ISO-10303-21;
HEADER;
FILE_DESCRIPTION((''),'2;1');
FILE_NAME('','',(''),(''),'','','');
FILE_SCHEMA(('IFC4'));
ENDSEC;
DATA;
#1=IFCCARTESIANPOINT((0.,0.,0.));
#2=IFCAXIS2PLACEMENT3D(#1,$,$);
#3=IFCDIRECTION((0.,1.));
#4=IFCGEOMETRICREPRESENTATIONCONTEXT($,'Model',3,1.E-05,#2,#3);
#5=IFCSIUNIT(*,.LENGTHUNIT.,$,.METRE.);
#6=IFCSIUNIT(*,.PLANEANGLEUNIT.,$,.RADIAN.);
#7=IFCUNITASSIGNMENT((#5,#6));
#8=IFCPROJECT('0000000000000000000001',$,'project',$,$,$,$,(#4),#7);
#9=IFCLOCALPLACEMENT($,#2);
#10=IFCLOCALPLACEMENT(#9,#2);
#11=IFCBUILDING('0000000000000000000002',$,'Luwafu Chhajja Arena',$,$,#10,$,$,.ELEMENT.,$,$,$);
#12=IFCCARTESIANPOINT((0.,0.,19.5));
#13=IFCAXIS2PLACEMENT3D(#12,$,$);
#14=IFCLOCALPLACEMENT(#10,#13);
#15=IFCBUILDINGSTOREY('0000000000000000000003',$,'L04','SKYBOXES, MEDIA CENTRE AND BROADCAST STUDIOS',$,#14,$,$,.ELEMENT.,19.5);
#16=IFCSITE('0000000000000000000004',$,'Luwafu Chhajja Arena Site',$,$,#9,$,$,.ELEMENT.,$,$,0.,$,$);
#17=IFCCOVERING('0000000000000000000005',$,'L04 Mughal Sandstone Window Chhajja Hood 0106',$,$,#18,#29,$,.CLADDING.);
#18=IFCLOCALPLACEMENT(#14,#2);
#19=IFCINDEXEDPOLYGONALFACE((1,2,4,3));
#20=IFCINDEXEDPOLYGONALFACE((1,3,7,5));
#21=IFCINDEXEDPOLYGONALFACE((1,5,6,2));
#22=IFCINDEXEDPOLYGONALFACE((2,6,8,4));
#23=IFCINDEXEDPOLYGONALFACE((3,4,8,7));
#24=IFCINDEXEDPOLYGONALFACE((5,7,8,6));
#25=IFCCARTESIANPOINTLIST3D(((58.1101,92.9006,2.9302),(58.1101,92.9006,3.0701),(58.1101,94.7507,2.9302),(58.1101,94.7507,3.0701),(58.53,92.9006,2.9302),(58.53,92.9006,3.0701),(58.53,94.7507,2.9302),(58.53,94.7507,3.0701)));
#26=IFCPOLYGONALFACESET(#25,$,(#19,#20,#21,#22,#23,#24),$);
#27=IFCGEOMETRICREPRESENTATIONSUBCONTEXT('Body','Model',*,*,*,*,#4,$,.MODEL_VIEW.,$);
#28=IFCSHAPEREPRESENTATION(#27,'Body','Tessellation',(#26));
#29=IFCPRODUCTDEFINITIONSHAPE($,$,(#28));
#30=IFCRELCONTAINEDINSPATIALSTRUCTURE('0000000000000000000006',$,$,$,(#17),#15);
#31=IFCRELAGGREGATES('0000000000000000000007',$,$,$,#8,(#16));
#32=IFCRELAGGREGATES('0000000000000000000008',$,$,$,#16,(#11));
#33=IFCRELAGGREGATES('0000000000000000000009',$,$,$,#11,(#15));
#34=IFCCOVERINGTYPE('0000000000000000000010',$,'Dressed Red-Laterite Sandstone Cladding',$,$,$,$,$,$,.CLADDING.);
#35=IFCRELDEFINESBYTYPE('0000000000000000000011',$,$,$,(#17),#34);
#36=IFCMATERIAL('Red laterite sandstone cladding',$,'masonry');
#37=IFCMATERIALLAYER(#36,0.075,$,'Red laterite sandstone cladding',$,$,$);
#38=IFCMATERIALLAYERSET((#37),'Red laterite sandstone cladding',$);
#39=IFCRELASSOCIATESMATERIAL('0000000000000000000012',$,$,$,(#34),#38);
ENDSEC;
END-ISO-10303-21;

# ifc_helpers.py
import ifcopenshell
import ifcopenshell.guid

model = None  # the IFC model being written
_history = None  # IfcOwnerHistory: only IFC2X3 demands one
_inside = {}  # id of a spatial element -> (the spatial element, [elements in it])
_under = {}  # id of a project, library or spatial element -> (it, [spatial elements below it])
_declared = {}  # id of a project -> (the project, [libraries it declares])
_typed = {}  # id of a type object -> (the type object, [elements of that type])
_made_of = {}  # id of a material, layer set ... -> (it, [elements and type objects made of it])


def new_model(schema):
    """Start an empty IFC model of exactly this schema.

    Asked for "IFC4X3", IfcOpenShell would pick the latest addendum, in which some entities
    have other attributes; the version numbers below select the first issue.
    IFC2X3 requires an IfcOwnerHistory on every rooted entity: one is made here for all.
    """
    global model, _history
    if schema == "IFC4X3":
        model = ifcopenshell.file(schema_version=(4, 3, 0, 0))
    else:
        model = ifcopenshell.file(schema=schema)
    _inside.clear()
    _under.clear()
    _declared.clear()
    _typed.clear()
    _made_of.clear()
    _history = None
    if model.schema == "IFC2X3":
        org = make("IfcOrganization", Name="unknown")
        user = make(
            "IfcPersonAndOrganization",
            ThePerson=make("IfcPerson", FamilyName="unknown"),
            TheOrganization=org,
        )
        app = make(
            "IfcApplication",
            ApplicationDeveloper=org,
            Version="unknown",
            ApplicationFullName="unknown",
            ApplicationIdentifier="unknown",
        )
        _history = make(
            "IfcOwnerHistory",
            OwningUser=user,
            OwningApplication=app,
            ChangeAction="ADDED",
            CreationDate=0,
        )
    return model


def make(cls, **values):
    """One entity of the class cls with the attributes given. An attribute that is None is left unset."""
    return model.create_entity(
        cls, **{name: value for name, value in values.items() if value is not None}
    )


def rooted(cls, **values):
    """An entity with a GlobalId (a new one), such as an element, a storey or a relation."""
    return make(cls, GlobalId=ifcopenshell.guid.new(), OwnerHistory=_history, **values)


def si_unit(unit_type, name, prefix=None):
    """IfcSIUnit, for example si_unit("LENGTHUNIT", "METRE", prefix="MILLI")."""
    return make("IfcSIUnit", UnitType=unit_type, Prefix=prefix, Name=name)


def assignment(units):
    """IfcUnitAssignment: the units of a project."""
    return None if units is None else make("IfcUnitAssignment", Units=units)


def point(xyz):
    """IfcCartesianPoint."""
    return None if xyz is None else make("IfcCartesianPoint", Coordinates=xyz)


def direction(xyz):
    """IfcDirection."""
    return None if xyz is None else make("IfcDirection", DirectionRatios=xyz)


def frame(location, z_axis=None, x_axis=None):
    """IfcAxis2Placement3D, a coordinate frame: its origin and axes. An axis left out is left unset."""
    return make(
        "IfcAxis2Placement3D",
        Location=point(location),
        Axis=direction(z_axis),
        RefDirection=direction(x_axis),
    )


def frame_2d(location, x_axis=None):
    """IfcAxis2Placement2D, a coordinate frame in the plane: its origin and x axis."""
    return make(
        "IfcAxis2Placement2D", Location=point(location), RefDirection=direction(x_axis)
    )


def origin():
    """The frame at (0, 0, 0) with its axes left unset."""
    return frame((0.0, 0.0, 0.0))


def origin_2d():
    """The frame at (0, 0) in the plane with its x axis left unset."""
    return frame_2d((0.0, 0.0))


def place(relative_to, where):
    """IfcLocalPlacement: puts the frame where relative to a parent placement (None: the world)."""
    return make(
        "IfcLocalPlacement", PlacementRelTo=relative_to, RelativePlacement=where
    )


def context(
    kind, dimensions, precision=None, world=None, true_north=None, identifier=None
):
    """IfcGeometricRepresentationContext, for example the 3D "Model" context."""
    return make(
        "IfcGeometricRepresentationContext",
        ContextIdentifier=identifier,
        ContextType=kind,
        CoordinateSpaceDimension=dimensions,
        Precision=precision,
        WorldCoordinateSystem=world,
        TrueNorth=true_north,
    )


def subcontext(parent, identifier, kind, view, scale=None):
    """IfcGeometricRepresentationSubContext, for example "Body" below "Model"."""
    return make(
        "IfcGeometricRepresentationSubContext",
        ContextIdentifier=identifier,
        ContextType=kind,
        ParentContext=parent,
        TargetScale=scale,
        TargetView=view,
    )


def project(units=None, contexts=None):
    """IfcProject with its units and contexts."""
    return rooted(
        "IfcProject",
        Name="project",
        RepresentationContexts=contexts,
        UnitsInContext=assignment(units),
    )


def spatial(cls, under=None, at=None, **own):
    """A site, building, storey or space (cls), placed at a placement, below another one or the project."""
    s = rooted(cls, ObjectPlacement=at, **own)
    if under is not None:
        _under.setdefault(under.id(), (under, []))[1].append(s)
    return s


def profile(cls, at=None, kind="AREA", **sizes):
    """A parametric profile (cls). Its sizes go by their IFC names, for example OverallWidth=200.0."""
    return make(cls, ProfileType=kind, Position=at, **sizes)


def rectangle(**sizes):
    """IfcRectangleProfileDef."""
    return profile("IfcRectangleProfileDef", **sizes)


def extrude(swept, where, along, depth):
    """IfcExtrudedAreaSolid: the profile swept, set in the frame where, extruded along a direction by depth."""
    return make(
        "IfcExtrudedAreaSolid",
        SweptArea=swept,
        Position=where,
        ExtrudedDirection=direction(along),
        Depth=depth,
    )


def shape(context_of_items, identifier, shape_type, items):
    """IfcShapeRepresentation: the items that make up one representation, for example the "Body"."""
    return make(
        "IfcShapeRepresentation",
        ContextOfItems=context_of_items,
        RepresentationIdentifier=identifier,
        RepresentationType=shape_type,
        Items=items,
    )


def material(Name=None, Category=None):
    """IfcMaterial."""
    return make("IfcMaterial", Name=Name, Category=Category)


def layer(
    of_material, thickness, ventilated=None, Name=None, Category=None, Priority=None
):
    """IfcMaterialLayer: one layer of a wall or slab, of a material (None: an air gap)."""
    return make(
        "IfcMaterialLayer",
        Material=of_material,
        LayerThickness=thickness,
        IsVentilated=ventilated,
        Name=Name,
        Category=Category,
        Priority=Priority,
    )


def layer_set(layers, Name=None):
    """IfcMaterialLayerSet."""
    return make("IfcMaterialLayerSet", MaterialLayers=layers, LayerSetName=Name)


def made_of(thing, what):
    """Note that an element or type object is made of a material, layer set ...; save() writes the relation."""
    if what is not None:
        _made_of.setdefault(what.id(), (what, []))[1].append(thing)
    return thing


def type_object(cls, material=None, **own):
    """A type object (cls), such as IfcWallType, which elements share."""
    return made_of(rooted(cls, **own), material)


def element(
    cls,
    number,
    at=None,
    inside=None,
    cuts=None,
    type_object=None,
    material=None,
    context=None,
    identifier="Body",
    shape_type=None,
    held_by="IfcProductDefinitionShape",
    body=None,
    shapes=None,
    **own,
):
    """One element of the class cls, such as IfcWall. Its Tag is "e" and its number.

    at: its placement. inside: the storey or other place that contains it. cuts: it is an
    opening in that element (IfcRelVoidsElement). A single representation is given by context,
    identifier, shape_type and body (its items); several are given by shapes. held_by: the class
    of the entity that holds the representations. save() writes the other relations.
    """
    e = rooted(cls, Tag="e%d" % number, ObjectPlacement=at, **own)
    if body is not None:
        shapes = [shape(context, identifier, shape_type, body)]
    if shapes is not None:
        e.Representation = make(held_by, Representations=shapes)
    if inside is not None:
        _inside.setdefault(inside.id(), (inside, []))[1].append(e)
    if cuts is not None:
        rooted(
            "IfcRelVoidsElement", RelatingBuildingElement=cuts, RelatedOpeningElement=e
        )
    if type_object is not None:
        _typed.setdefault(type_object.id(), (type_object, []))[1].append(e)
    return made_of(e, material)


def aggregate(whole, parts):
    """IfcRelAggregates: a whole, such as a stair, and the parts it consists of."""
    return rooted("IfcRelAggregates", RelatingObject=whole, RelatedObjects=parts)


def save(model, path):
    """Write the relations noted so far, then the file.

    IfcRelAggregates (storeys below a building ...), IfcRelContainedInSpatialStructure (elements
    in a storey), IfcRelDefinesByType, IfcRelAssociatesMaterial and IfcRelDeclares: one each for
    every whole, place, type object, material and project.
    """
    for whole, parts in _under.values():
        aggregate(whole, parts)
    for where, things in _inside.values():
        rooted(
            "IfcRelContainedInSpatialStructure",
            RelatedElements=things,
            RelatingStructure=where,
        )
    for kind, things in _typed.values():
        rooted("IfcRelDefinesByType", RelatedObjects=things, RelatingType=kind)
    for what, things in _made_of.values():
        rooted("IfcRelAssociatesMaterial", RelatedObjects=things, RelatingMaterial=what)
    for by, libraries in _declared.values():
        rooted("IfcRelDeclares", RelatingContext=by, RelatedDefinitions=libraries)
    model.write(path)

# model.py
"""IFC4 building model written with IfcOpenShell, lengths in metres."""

from ifc_helpers import new_model, si_unit, direction, frame, origin, origin_2d, place, context, subcontext, project, spatial, rectangle, extrude, material, layer, layer_set, type_object, element, save


model = new_model("IFC4")

# Units and contexts
model_context = context("Model", 3, precision=1e-05, world=origin(), true_north=direction((0.0, 1.0)))
body_context = subcontext(model_context, "Body", "Model", "MODEL_VIEW")
ifc_project = project(units=[si_unit("LENGTHUNIT", "METRE"), si_unit("PLANEANGLEUNIT", "RADIAN")], contexts=[model_context])

# Site, building, storey
site_placement = place(None, origin())
site = spatial("IfcSite", under=ifc_project, at=site_placement, Name="Luwafu Chhajja Arena Site", CompositionType="ELEMENT", RefElevation=0.0)
building_placement = place(site_placement, origin())
building = spatial("IfcBuilding", under=site, at=building_placement, Name="Luwafu Chhajja Arena", CompositionType="ELEMENT")
storey_placement = place(building_placement, frame((0.0, 0.0, 19.5)))
storey = spatial("IfcBuildingStorey", under=building, at=storey_placement, Name="L04", Description="SKYBOXES, MEDIA CENTRE AND BROADCAST STUDIOS", CompositionType="ELEMENT", Elevation=19.5)

# Covering
ifc_material_1 = material(Name="Red laterite sandstone cladding", Category="masonry")
ifc_layer_1 = layer(ifc_material_1, 0.075, Name="Red laterite sandstone cladding")
ifc_layer_set_1 = layer_set([ifc_layer_1], Name="Red laterite sandstone cladding")
covering_type = type_object("IfcCoveringType", Name="Dressed Red-Laterite Sandstone Cladding", PredefinedType="CLADDING", material=ifc_layer_set_1)
covering_1_placement = place(storey_placement, frame((58.3201, 93.8257, 2.9302), z_axis=(0.0, 0.0, 1.0), x_axis=(0.0, 1.0, 0.0)))
element("IfcCovering", 1, at=covering_1_placement, inside=storey, type_object=covering_type, Name="L04 Mughal Sandstone Window Chhajja Hood 0106", PredefinedType="CLADDING", context=body_context, shape_type="SweptSolid", body=[
    extrude(rectangle(XDim=1.8501, YDim=0.4199, at=origin_2d()), origin(), (0.0, 0.0, 1.0), 0.1399),
])

save(model, "model.ifc")
